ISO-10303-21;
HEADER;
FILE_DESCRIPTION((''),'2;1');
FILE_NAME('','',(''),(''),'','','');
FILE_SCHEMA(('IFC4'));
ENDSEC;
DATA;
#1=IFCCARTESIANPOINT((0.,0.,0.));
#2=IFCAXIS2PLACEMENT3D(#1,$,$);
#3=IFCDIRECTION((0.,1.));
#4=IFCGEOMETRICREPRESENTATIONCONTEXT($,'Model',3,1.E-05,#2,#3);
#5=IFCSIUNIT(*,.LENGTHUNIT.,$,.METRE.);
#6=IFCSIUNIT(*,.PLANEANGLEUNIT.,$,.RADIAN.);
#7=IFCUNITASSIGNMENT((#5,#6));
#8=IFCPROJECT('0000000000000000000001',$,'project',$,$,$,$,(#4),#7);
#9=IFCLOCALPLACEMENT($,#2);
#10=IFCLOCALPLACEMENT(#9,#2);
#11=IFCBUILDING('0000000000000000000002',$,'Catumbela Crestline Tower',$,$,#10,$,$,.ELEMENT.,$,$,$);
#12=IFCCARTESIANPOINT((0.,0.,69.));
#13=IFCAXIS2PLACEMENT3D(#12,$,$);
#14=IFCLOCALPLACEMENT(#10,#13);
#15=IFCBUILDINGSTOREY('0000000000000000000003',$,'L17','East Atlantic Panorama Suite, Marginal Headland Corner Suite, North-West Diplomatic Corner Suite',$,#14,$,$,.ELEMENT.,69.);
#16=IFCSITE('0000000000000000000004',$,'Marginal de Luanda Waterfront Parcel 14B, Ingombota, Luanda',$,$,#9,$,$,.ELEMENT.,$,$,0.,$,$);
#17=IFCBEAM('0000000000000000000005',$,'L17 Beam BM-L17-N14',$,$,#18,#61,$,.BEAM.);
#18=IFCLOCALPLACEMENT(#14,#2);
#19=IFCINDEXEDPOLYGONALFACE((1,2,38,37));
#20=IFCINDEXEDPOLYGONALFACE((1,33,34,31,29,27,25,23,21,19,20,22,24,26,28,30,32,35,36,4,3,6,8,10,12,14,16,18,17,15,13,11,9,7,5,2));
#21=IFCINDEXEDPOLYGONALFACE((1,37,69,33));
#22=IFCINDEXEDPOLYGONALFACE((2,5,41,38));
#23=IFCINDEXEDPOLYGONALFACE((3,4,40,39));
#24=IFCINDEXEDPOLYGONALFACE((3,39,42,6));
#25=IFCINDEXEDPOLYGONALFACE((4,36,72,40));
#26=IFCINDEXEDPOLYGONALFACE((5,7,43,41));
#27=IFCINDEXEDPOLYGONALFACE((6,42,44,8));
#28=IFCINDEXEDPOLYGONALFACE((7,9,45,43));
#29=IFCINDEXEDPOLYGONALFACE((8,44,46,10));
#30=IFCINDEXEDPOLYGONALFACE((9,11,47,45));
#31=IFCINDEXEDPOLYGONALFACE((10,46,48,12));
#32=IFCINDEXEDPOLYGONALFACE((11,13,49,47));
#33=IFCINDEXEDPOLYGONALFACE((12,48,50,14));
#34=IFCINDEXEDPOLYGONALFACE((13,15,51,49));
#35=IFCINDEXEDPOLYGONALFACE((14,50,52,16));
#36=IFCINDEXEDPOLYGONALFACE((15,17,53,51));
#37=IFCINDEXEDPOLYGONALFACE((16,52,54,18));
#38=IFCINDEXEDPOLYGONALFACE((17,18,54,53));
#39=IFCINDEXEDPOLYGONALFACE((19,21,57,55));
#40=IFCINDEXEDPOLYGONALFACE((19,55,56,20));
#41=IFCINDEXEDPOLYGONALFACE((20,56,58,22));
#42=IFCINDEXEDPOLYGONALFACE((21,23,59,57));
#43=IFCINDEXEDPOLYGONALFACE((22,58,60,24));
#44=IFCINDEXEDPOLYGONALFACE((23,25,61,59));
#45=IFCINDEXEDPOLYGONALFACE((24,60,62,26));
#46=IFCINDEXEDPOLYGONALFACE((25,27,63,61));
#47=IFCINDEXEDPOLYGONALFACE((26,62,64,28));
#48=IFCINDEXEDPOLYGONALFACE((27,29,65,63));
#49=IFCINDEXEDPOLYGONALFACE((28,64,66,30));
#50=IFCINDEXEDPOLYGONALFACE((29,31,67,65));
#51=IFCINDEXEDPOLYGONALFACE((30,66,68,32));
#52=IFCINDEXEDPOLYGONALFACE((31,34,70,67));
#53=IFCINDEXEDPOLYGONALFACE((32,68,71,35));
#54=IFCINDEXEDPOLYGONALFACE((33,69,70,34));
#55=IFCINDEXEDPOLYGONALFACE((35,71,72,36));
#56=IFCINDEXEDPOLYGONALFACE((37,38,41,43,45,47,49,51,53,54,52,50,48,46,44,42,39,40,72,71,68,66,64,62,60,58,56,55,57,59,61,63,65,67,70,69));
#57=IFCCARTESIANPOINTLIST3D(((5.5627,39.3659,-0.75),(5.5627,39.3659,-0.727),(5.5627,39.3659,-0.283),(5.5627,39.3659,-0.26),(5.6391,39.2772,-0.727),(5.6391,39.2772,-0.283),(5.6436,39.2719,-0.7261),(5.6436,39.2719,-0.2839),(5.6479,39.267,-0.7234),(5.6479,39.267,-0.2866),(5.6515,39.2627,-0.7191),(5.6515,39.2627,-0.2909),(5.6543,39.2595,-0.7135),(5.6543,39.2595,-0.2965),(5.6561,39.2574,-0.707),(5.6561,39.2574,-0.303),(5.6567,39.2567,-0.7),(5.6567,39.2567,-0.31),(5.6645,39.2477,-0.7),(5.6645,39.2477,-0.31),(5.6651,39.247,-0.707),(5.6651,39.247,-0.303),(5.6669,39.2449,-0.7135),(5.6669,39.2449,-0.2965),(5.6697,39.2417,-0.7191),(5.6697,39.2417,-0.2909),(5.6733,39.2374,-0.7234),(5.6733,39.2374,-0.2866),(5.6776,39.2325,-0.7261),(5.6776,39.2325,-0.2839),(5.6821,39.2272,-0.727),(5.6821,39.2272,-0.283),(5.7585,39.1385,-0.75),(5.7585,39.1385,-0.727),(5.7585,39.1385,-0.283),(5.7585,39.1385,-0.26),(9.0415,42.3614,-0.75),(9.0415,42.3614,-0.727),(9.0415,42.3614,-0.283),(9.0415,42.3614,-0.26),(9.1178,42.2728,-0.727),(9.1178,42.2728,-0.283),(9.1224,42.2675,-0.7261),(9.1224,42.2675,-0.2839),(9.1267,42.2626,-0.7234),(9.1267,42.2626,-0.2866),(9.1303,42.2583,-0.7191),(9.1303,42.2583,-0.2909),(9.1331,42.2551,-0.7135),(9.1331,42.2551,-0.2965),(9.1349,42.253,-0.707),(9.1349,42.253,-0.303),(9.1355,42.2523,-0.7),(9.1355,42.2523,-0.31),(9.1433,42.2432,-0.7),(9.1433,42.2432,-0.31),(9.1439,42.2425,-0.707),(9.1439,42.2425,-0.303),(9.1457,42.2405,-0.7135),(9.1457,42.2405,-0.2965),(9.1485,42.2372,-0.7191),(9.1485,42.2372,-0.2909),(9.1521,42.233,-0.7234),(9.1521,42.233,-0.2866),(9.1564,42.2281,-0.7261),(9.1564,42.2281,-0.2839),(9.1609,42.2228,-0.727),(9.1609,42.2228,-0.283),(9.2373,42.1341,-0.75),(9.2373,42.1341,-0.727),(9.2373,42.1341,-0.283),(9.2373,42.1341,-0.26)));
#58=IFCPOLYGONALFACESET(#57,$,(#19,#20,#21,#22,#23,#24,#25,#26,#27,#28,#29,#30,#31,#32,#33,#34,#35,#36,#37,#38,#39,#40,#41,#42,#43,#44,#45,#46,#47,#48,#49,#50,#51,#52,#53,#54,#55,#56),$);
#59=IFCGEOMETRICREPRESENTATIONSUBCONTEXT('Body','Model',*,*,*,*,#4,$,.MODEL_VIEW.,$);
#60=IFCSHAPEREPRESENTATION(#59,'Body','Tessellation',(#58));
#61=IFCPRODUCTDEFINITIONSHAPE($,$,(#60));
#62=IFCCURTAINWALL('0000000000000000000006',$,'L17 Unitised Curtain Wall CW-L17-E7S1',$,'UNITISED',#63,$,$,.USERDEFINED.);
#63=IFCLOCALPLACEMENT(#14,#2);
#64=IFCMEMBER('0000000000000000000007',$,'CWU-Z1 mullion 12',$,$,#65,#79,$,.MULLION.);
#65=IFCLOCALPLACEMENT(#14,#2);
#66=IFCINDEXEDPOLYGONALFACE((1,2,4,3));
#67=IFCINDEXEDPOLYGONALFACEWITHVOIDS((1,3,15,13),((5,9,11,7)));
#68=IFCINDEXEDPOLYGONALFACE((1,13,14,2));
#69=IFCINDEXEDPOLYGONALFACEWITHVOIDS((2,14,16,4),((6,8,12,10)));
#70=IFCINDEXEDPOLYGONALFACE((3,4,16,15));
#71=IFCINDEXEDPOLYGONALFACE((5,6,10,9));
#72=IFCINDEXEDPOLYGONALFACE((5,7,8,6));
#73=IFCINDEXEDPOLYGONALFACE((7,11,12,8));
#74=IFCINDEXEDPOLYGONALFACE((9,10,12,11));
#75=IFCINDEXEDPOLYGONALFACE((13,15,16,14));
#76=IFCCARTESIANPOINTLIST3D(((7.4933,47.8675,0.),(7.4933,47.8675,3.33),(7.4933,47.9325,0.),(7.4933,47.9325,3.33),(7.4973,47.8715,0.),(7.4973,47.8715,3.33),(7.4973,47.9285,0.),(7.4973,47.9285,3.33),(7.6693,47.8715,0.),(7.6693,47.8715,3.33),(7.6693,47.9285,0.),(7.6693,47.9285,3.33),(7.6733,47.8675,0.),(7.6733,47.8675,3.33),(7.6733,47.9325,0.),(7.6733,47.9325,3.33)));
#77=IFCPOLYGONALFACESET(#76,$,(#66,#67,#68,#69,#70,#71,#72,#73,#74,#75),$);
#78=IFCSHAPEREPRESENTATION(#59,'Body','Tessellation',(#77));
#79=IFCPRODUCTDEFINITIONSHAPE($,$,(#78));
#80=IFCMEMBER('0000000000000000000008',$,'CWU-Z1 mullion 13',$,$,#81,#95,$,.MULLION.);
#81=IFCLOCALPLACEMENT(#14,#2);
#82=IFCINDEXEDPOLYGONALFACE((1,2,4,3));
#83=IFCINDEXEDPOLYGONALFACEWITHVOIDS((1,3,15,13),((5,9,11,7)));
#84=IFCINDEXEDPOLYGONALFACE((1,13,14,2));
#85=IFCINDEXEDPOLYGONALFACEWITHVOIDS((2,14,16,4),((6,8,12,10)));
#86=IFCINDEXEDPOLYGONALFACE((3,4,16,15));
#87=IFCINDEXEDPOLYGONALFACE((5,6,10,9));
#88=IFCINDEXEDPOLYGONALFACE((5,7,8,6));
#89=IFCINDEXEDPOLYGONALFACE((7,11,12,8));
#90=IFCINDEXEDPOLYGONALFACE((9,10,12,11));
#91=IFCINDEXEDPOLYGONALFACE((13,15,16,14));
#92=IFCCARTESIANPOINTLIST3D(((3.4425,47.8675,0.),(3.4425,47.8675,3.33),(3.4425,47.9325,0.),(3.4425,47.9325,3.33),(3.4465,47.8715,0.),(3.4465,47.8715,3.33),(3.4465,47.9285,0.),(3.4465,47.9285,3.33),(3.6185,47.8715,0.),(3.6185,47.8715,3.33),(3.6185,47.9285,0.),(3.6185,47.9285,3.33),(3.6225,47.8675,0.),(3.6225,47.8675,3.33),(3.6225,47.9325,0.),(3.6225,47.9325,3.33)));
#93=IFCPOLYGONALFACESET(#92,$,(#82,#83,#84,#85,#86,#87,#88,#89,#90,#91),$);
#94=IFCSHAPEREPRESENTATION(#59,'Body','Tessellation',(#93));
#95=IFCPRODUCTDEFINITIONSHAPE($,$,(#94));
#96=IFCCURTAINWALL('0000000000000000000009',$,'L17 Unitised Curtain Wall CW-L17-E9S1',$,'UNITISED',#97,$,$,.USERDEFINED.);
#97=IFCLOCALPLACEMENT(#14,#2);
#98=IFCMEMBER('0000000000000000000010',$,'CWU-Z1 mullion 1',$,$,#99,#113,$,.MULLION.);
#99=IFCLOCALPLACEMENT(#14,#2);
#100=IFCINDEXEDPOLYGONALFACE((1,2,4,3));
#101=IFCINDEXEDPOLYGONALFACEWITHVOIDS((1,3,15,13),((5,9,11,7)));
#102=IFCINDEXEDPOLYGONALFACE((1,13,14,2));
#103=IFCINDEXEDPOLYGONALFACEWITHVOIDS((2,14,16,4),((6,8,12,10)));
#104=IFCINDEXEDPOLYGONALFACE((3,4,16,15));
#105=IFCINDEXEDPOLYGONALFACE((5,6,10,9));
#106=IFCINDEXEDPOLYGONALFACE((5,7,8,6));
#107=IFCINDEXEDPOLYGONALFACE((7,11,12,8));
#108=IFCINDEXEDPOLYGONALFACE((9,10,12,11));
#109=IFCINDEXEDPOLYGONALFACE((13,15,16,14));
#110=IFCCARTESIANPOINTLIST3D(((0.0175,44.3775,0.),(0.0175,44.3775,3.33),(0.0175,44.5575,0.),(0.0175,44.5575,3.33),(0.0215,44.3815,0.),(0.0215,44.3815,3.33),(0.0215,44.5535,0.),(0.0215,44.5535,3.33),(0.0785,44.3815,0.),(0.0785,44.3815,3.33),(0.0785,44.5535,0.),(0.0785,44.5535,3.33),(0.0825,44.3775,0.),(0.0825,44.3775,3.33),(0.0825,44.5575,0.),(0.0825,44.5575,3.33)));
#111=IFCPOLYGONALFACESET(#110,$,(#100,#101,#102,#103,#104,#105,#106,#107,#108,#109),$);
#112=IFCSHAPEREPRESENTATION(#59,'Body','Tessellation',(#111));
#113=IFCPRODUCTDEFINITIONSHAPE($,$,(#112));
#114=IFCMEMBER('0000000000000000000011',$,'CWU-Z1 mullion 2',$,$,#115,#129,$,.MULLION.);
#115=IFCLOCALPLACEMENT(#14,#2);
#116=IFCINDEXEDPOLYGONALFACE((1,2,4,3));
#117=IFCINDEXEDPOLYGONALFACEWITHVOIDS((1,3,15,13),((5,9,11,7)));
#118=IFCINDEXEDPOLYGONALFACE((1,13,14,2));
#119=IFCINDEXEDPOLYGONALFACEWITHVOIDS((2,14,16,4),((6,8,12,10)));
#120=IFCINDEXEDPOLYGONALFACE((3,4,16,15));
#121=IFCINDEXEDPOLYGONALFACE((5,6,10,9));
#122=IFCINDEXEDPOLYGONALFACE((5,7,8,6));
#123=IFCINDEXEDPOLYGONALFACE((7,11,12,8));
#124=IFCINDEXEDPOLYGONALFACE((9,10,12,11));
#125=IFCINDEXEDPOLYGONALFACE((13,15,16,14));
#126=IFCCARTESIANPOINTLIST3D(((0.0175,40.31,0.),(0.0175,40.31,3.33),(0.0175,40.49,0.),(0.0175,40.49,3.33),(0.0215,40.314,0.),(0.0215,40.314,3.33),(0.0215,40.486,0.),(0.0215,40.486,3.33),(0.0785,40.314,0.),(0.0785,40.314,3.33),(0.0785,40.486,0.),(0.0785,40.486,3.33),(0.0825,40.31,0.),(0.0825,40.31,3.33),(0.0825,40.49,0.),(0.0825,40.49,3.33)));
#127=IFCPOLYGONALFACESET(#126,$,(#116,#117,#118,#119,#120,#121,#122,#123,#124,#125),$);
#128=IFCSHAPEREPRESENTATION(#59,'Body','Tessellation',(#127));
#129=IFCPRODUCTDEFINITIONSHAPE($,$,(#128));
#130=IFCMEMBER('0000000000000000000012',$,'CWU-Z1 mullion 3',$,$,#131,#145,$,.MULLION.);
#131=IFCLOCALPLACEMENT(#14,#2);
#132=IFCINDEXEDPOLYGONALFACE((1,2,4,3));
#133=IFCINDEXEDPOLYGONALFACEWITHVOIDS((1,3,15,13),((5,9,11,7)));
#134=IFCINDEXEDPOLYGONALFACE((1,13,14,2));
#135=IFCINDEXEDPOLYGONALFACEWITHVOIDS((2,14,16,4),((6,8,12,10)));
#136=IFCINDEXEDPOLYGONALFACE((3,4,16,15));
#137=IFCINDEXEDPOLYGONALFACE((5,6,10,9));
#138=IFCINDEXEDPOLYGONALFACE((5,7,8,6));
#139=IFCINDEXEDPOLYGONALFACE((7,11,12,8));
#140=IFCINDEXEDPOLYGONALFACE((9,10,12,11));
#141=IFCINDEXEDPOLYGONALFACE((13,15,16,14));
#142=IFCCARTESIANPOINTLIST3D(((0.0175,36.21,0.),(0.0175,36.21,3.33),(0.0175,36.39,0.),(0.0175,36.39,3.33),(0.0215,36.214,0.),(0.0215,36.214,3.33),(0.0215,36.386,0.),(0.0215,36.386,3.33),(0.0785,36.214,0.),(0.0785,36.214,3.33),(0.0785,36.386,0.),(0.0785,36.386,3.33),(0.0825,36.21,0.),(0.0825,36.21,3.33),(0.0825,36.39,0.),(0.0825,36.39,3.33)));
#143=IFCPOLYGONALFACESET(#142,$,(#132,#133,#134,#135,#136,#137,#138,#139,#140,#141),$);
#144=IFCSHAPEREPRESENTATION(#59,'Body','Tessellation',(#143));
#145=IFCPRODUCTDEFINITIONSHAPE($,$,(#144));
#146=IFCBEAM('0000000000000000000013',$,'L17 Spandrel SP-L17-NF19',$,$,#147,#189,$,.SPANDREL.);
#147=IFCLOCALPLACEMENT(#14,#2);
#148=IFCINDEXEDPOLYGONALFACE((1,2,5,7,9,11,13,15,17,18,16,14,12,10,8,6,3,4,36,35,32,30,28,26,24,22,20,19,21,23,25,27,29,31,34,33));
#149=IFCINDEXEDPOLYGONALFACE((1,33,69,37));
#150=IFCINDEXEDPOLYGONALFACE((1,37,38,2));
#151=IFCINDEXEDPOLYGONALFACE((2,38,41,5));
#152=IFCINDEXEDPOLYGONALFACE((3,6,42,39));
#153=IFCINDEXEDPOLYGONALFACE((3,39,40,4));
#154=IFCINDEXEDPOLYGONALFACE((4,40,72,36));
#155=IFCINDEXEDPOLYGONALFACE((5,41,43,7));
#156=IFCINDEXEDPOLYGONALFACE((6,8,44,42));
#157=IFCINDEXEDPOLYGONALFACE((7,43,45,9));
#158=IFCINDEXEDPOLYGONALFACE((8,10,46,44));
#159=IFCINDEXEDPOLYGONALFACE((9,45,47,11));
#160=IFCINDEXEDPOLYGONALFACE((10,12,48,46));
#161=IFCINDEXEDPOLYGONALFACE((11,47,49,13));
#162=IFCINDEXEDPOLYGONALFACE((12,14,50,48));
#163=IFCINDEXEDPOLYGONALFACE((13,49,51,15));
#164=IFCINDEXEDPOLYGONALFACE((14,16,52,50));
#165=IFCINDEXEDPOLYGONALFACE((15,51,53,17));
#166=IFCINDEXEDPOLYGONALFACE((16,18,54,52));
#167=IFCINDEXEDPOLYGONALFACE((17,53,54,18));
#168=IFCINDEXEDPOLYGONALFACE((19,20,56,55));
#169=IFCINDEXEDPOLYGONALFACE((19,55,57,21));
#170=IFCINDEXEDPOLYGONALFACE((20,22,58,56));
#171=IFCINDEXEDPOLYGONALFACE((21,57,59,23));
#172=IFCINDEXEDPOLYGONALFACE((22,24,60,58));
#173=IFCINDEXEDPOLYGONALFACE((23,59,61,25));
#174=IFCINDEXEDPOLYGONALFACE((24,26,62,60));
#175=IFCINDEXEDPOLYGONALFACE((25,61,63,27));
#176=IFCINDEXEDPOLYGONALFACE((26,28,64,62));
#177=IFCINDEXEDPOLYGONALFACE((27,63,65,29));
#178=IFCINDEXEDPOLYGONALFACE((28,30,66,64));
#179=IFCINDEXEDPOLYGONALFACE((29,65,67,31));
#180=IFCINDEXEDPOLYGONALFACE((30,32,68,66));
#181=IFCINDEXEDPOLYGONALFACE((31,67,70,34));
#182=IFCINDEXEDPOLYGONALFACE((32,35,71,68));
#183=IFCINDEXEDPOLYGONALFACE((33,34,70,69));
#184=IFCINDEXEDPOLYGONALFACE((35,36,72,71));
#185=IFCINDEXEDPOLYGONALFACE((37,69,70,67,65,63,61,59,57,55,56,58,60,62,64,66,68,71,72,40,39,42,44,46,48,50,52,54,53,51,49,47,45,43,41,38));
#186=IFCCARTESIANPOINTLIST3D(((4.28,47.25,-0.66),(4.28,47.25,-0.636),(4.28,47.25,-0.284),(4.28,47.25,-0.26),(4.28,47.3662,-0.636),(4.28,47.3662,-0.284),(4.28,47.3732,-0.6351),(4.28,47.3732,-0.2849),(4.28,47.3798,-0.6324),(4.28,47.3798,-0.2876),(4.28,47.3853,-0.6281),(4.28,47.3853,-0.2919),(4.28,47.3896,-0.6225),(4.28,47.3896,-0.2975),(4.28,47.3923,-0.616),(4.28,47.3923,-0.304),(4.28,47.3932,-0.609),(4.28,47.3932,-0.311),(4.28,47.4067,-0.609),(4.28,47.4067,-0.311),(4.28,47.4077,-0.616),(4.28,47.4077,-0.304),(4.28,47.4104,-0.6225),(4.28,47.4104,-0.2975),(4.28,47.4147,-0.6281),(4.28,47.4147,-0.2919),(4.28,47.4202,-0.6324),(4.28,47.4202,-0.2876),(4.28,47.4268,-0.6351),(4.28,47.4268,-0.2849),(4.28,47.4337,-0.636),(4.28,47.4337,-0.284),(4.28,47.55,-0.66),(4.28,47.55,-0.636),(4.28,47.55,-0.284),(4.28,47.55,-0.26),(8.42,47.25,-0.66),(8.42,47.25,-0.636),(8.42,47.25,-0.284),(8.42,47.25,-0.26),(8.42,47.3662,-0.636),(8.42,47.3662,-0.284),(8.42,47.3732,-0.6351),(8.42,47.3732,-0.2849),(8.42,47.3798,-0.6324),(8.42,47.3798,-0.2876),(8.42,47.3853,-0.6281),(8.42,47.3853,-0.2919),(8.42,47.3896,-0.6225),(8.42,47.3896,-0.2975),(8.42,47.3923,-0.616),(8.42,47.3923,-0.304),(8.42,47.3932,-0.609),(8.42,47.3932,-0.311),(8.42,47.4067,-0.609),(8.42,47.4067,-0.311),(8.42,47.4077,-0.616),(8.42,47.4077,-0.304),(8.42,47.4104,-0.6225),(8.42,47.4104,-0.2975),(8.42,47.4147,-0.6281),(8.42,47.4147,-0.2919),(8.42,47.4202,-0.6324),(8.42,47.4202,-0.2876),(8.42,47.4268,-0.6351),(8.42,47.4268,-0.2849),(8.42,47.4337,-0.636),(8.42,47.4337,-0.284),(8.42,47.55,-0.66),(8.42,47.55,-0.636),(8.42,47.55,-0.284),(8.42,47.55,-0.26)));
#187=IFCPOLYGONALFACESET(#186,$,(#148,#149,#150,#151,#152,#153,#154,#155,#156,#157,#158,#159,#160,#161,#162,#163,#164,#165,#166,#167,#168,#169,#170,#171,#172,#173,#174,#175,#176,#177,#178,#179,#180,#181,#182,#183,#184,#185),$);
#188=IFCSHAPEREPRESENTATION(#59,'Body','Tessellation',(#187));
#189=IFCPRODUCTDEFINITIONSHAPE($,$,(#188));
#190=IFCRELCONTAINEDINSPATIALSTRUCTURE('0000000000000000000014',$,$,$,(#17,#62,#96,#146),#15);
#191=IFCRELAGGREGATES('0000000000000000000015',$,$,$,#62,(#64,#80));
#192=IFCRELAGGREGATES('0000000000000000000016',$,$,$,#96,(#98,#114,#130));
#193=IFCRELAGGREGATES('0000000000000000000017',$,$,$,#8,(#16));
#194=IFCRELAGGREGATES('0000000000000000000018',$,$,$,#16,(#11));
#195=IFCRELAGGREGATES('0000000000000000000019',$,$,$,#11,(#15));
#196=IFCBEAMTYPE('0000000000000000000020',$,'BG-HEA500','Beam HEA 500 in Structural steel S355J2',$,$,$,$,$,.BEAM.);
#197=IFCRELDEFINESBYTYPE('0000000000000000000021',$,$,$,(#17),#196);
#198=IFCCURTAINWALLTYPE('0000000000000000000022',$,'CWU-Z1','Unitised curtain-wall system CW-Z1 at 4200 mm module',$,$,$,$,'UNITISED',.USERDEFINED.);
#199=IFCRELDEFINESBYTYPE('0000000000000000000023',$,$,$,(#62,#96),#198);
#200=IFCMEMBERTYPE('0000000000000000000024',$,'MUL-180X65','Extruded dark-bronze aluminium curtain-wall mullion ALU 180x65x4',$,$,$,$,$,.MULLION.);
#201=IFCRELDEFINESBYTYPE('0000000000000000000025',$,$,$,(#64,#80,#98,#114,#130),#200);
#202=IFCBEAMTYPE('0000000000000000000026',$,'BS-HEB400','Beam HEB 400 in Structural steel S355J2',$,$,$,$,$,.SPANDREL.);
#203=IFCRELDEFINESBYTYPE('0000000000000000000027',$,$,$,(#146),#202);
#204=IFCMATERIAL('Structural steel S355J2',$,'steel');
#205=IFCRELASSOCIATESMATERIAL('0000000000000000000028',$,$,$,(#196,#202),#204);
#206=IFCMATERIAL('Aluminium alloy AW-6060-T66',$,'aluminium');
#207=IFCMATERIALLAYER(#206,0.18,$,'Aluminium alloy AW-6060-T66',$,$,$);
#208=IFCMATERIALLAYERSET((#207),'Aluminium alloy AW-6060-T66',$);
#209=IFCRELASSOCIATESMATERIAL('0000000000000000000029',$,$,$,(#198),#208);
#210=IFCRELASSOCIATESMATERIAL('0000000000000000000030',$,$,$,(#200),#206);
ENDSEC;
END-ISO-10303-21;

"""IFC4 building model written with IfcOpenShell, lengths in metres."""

from ifc_helpers import new_model, si_unit, direction, frame, origin, origin_2d, place, context, subcontext, project, spatial, hollow_rectangle, i_section, extrude, material, layer, layer_set, material_profile, profile_set, type_object, element, aggregate, save


model = new_model("IFC4")

# Units and contexts
model_context = context("Model", 3, precision=1e-05, world=origin(), true_north=direction((0.0, 1.0)))
body_context = subcontext(model_context, "Body", "Model", "MODEL_VIEW")
ifc_project = project(units=[si_unit("LENGTHUNIT", "METRE"), si_unit("PLANEANGLEUNIT", "RADIAN")], contexts=[model_context])

# Site, building, storey
site_placement = place(None, origin())
site = spatial("IfcSite", under=ifc_project, at=site_placement, Name="Marginal de Luanda Waterfront Parcel 14B, Ingombota, Luanda", CompositionType="ELEMENT", RefElevation=0.0)
building_placement = place(site_placement, origin())
building = spatial("IfcBuilding", under=site, at=building_placement, Name="Catumbela Crestline Tower", CompositionType="ELEMENT")
storey_placement = place(building_placement, frame((0.0, 0.0, 69.0)))
storey = spatial("IfcBuildingStorey", under=building, at=storey_placement, Name="L17", Description="East Atlantic Panorama Suite, Marginal Headland Corner Suite, North-West Diplomatic Corner Suite", CompositionType="ELEMENT", Elevation=69.0)

# Beam
ifc_material_1 = material(Name="Structural steel S355J2", Category="steel")
ifc_material_profile_1 = material_profile(ifc_material_1, i_section(OverallWidth=0.3, OverallDepth=0.49, WebThickness=0.012, FlangeThickness=0.023, FilletRadius=0.027, at=origin_2d()), Name="HEA 500")
ifc_profile_set_1 = profile_set([ifc_material_profile_1], Name="Structural steel S355J2")
beam_type_1 = type_object("IfcBeamType", Name="BG-HEA500", Description="Beam HEA 500 in Structural steel S355J2", PredefinedType="BEAM", material=ifc_profile_set_1)
beam_1_placement = place(storey_placement, frame((5.6606, 39.2522, -0.505), z_axis=(0.757772, 0.652519, 0.0), x_axis=(-0.652519, 0.757772, 0.0)))
element("IfcBeam", 1, at=beam_1_placement, inside=storey, type_object=beam_type_1, Name="L17 Beam BM-L17-N14", PredefinedType="BEAM", context=body_context, shape_type="SweptSolid", body=[
    extrude(i_section(OverallWidth=0.3, OverallDepth=0.49, WebThickness=0.012, FlangeThickness=0.023, FilletRadius=0.027, at=origin_2d()), origin(), (0.0, 0.0, 1.0), 4.5908),
])

# Curtain walls, members
ifc_material_2 = material(Name="Aluminium alloy AW-6060-T66", Category="aluminium")
ifc_layer_1 = layer(ifc_material_2, 0.18, Name="Aluminium alloy AW-6060-T66")
ifc_layer_set_1 = layer_set([ifc_layer_1], Name="Aluminium alloy AW-6060-T66")
curtain_wall_type = type_object("IfcCurtainWallType", Name="CWU-Z1", Description="Unitised curtain-wall system CW-Z1 at 4200 mm module", ElementType="UNITISED", PredefinedType="USERDEFINED", material=ifc_layer_set_1)
curtain_wall_1_placement = place(storey_placement, origin())
curtain_wall_1 = element("IfcCurtainWall", 2, at=curtain_wall_1_placement, inside=storey, type_object=curtain_wall_type, Name="L17 Unitised Curtain Wall CW-L17-E7S1", ObjectType="UNITISED", PredefinedType="USERDEFINED")
ifc_material_profile_2 = material_profile(ifc_material_2, hollow_rectangle(XDim=0.065, YDim=0.18, WallThickness=0.004, at=origin_2d()), Name="ALU 180x65x4")
ifc_profile_set_2 = profile_set([ifc_material_profile_2], Name="Aluminium alloy AW-6060-T66")
member_type_1 = type_object("IfcMemberType", Name="MUL-180X65", Description="Extruded dark-bronze aluminium curtain-wall mullion ALU 180x65x4", PredefinedType="MULLION", material=ifc_profile_set_2)
member_1_placement = place(storey_placement, frame((7.5833, 47.9, 0.0), z_axis=(0.0, 0.0, 1.0), x_axis=(0.0, -1.0, 0.0)))
member_1 = element("IfcMember", 3, at=member_1_placement, type_object=member_type_1, Name="CWU-Z1 mullion 12", PredefinedType="MULLION", context=body_context, shape_type="SweptSolid", body=[
    extrude(hollow_rectangle(XDim=0.065, YDim=0.18, WallThickness=0.004, at=origin_2d()), origin(), (0.0, 0.0, 1.0), 3.33),
])
member_2_placement = place(storey_placement, frame((3.5325, 47.9, 0.0), z_axis=(0.0, 0.0, 1.0), x_axis=(0.0, -1.0, 0.0)))
member_2 = element("IfcMember", 4, at=member_2_placement, type_object=member_type_1, Name="CWU-Z1 mullion 13", PredefinedType="MULLION", context=body_context, shape_type="SweptSolid", body=[
    extrude(hollow_rectangle(XDim=0.065, YDim=0.18, WallThickness=0.004, at=origin_2d()), origin(), (0.0, 0.0, 1.0), 3.33),
])
curtain_wall_2_placement = place(storey_placement, origin())
curtain_wall_2 = element("IfcCurtainWall", 5, at=curtain_wall_2_placement, inside=storey, type_object=curtain_wall_type, Name="L17 Unitised Curtain Wall CW-L17-E9S1", ObjectType="UNITISED", PredefinedType="USERDEFINED")
member_3_placement = place(storey_placement, frame((0.05, 44.4675, 0.0), z_axis=(0.0, 0.0, 1.0), x_axis=(1.0, 0.0, 0.0)))
member_3 = element("IfcMember", 6, at=member_3_placement, type_object=member_type_1, Name="CWU-Z1 mullion 1", PredefinedType="MULLION", context=body_context, shape_type="SweptSolid", body=[
    extrude(hollow_rectangle(XDim=0.065, YDim=0.18, WallThickness=0.004, at=origin_2d()), origin(), (0.0, 0.0, 1.0), 3.33),
])
member_4_placement = place(storey_placement, frame((0.05, 40.4, 0.0), z_axis=(0.0, 0.0, 1.0), x_axis=(1.0, 0.0, 0.0)))
member_4 = element("IfcMember", 7, at=member_4_placement, type_object=member_type_1, Name="CWU-Z1 mullion 2", PredefinedType="MULLION", context=body_context, shape_type="SweptSolid", body=[
    extrude(hollow_rectangle(XDim=0.065, YDim=0.18, WallThickness=0.004, at=origin_2d()), origin(), (0.0, 0.0, 1.0), 3.33),
])
member_5_placement = place(storey_placement, frame((0.05, 36.3, 0.0), z_axis=(0.0, 0.0, 1.0), x_axis=(1.0, 0.0, 0.0)))
member_5 = element("IfcMember", 8, at=member_5_placement, type_object=member_type_1, Name="CWU-Z1 mullion 3", PredefinedType="MULLION", context=body_context, shape_type="SweptSolid", body=[
    extrude(hollow_rectangle(XDim=0.065, YDim=0.18, WallThickness=0.004, at=origin_2d()), origin(), (0.0, 0.0, 1.0), 3.33),
])

# Beam
ifc_material_profile_3 = material_profile(ifc_material_1, i_section(OverallWidth=0.3, OverallDepth=0.4, WebThickness=0.0135, FlangeThickness=0.024, FilletRadius=0.027, at=origin_2d()), Name="HEB 400")
ifc_profile_set_3 = profile_set([ifc_material_profile_3], Name="Structural steel S355J2")
beam_type_2 = type_object("IfcBeamType", Name="BS-HEB400", Description="Beam HEB 400 in Structural steel S355J2", PredefinedType="SPANDREL", material=ifc_profile_set_3)
beam_2_placement = place(storey_placement, frame((4.28, 47.4, -0.46), z_axis=(1.0, 0.0, 0.0), x_axis=(0.0, 1.0, 0.0)))
element("IfcBeam", 9, at=beam_2_placement, inside=storey, type_object=beam_type_2, Name="L17 Spandrel SP-L17-NF19", PredefinedType="SPANDREL", context=body_context, shape_type="SweptSolid", body=[
    extrude(i_section(OverallWidth=0.3, OverallDepth=0.4, WebThickness=0.0135, FlangeThickness=0.024, FilletRadius=0.027, at=origin_2d()), origin(), (0.0, 0.0, 1.0), 4.14),
])

aggregate(curtain_wall_1, [member_1, member_2])
aggregate(curtain_wall_2, [member_3, member_4, member_5])

save(model, "model.ifc")
